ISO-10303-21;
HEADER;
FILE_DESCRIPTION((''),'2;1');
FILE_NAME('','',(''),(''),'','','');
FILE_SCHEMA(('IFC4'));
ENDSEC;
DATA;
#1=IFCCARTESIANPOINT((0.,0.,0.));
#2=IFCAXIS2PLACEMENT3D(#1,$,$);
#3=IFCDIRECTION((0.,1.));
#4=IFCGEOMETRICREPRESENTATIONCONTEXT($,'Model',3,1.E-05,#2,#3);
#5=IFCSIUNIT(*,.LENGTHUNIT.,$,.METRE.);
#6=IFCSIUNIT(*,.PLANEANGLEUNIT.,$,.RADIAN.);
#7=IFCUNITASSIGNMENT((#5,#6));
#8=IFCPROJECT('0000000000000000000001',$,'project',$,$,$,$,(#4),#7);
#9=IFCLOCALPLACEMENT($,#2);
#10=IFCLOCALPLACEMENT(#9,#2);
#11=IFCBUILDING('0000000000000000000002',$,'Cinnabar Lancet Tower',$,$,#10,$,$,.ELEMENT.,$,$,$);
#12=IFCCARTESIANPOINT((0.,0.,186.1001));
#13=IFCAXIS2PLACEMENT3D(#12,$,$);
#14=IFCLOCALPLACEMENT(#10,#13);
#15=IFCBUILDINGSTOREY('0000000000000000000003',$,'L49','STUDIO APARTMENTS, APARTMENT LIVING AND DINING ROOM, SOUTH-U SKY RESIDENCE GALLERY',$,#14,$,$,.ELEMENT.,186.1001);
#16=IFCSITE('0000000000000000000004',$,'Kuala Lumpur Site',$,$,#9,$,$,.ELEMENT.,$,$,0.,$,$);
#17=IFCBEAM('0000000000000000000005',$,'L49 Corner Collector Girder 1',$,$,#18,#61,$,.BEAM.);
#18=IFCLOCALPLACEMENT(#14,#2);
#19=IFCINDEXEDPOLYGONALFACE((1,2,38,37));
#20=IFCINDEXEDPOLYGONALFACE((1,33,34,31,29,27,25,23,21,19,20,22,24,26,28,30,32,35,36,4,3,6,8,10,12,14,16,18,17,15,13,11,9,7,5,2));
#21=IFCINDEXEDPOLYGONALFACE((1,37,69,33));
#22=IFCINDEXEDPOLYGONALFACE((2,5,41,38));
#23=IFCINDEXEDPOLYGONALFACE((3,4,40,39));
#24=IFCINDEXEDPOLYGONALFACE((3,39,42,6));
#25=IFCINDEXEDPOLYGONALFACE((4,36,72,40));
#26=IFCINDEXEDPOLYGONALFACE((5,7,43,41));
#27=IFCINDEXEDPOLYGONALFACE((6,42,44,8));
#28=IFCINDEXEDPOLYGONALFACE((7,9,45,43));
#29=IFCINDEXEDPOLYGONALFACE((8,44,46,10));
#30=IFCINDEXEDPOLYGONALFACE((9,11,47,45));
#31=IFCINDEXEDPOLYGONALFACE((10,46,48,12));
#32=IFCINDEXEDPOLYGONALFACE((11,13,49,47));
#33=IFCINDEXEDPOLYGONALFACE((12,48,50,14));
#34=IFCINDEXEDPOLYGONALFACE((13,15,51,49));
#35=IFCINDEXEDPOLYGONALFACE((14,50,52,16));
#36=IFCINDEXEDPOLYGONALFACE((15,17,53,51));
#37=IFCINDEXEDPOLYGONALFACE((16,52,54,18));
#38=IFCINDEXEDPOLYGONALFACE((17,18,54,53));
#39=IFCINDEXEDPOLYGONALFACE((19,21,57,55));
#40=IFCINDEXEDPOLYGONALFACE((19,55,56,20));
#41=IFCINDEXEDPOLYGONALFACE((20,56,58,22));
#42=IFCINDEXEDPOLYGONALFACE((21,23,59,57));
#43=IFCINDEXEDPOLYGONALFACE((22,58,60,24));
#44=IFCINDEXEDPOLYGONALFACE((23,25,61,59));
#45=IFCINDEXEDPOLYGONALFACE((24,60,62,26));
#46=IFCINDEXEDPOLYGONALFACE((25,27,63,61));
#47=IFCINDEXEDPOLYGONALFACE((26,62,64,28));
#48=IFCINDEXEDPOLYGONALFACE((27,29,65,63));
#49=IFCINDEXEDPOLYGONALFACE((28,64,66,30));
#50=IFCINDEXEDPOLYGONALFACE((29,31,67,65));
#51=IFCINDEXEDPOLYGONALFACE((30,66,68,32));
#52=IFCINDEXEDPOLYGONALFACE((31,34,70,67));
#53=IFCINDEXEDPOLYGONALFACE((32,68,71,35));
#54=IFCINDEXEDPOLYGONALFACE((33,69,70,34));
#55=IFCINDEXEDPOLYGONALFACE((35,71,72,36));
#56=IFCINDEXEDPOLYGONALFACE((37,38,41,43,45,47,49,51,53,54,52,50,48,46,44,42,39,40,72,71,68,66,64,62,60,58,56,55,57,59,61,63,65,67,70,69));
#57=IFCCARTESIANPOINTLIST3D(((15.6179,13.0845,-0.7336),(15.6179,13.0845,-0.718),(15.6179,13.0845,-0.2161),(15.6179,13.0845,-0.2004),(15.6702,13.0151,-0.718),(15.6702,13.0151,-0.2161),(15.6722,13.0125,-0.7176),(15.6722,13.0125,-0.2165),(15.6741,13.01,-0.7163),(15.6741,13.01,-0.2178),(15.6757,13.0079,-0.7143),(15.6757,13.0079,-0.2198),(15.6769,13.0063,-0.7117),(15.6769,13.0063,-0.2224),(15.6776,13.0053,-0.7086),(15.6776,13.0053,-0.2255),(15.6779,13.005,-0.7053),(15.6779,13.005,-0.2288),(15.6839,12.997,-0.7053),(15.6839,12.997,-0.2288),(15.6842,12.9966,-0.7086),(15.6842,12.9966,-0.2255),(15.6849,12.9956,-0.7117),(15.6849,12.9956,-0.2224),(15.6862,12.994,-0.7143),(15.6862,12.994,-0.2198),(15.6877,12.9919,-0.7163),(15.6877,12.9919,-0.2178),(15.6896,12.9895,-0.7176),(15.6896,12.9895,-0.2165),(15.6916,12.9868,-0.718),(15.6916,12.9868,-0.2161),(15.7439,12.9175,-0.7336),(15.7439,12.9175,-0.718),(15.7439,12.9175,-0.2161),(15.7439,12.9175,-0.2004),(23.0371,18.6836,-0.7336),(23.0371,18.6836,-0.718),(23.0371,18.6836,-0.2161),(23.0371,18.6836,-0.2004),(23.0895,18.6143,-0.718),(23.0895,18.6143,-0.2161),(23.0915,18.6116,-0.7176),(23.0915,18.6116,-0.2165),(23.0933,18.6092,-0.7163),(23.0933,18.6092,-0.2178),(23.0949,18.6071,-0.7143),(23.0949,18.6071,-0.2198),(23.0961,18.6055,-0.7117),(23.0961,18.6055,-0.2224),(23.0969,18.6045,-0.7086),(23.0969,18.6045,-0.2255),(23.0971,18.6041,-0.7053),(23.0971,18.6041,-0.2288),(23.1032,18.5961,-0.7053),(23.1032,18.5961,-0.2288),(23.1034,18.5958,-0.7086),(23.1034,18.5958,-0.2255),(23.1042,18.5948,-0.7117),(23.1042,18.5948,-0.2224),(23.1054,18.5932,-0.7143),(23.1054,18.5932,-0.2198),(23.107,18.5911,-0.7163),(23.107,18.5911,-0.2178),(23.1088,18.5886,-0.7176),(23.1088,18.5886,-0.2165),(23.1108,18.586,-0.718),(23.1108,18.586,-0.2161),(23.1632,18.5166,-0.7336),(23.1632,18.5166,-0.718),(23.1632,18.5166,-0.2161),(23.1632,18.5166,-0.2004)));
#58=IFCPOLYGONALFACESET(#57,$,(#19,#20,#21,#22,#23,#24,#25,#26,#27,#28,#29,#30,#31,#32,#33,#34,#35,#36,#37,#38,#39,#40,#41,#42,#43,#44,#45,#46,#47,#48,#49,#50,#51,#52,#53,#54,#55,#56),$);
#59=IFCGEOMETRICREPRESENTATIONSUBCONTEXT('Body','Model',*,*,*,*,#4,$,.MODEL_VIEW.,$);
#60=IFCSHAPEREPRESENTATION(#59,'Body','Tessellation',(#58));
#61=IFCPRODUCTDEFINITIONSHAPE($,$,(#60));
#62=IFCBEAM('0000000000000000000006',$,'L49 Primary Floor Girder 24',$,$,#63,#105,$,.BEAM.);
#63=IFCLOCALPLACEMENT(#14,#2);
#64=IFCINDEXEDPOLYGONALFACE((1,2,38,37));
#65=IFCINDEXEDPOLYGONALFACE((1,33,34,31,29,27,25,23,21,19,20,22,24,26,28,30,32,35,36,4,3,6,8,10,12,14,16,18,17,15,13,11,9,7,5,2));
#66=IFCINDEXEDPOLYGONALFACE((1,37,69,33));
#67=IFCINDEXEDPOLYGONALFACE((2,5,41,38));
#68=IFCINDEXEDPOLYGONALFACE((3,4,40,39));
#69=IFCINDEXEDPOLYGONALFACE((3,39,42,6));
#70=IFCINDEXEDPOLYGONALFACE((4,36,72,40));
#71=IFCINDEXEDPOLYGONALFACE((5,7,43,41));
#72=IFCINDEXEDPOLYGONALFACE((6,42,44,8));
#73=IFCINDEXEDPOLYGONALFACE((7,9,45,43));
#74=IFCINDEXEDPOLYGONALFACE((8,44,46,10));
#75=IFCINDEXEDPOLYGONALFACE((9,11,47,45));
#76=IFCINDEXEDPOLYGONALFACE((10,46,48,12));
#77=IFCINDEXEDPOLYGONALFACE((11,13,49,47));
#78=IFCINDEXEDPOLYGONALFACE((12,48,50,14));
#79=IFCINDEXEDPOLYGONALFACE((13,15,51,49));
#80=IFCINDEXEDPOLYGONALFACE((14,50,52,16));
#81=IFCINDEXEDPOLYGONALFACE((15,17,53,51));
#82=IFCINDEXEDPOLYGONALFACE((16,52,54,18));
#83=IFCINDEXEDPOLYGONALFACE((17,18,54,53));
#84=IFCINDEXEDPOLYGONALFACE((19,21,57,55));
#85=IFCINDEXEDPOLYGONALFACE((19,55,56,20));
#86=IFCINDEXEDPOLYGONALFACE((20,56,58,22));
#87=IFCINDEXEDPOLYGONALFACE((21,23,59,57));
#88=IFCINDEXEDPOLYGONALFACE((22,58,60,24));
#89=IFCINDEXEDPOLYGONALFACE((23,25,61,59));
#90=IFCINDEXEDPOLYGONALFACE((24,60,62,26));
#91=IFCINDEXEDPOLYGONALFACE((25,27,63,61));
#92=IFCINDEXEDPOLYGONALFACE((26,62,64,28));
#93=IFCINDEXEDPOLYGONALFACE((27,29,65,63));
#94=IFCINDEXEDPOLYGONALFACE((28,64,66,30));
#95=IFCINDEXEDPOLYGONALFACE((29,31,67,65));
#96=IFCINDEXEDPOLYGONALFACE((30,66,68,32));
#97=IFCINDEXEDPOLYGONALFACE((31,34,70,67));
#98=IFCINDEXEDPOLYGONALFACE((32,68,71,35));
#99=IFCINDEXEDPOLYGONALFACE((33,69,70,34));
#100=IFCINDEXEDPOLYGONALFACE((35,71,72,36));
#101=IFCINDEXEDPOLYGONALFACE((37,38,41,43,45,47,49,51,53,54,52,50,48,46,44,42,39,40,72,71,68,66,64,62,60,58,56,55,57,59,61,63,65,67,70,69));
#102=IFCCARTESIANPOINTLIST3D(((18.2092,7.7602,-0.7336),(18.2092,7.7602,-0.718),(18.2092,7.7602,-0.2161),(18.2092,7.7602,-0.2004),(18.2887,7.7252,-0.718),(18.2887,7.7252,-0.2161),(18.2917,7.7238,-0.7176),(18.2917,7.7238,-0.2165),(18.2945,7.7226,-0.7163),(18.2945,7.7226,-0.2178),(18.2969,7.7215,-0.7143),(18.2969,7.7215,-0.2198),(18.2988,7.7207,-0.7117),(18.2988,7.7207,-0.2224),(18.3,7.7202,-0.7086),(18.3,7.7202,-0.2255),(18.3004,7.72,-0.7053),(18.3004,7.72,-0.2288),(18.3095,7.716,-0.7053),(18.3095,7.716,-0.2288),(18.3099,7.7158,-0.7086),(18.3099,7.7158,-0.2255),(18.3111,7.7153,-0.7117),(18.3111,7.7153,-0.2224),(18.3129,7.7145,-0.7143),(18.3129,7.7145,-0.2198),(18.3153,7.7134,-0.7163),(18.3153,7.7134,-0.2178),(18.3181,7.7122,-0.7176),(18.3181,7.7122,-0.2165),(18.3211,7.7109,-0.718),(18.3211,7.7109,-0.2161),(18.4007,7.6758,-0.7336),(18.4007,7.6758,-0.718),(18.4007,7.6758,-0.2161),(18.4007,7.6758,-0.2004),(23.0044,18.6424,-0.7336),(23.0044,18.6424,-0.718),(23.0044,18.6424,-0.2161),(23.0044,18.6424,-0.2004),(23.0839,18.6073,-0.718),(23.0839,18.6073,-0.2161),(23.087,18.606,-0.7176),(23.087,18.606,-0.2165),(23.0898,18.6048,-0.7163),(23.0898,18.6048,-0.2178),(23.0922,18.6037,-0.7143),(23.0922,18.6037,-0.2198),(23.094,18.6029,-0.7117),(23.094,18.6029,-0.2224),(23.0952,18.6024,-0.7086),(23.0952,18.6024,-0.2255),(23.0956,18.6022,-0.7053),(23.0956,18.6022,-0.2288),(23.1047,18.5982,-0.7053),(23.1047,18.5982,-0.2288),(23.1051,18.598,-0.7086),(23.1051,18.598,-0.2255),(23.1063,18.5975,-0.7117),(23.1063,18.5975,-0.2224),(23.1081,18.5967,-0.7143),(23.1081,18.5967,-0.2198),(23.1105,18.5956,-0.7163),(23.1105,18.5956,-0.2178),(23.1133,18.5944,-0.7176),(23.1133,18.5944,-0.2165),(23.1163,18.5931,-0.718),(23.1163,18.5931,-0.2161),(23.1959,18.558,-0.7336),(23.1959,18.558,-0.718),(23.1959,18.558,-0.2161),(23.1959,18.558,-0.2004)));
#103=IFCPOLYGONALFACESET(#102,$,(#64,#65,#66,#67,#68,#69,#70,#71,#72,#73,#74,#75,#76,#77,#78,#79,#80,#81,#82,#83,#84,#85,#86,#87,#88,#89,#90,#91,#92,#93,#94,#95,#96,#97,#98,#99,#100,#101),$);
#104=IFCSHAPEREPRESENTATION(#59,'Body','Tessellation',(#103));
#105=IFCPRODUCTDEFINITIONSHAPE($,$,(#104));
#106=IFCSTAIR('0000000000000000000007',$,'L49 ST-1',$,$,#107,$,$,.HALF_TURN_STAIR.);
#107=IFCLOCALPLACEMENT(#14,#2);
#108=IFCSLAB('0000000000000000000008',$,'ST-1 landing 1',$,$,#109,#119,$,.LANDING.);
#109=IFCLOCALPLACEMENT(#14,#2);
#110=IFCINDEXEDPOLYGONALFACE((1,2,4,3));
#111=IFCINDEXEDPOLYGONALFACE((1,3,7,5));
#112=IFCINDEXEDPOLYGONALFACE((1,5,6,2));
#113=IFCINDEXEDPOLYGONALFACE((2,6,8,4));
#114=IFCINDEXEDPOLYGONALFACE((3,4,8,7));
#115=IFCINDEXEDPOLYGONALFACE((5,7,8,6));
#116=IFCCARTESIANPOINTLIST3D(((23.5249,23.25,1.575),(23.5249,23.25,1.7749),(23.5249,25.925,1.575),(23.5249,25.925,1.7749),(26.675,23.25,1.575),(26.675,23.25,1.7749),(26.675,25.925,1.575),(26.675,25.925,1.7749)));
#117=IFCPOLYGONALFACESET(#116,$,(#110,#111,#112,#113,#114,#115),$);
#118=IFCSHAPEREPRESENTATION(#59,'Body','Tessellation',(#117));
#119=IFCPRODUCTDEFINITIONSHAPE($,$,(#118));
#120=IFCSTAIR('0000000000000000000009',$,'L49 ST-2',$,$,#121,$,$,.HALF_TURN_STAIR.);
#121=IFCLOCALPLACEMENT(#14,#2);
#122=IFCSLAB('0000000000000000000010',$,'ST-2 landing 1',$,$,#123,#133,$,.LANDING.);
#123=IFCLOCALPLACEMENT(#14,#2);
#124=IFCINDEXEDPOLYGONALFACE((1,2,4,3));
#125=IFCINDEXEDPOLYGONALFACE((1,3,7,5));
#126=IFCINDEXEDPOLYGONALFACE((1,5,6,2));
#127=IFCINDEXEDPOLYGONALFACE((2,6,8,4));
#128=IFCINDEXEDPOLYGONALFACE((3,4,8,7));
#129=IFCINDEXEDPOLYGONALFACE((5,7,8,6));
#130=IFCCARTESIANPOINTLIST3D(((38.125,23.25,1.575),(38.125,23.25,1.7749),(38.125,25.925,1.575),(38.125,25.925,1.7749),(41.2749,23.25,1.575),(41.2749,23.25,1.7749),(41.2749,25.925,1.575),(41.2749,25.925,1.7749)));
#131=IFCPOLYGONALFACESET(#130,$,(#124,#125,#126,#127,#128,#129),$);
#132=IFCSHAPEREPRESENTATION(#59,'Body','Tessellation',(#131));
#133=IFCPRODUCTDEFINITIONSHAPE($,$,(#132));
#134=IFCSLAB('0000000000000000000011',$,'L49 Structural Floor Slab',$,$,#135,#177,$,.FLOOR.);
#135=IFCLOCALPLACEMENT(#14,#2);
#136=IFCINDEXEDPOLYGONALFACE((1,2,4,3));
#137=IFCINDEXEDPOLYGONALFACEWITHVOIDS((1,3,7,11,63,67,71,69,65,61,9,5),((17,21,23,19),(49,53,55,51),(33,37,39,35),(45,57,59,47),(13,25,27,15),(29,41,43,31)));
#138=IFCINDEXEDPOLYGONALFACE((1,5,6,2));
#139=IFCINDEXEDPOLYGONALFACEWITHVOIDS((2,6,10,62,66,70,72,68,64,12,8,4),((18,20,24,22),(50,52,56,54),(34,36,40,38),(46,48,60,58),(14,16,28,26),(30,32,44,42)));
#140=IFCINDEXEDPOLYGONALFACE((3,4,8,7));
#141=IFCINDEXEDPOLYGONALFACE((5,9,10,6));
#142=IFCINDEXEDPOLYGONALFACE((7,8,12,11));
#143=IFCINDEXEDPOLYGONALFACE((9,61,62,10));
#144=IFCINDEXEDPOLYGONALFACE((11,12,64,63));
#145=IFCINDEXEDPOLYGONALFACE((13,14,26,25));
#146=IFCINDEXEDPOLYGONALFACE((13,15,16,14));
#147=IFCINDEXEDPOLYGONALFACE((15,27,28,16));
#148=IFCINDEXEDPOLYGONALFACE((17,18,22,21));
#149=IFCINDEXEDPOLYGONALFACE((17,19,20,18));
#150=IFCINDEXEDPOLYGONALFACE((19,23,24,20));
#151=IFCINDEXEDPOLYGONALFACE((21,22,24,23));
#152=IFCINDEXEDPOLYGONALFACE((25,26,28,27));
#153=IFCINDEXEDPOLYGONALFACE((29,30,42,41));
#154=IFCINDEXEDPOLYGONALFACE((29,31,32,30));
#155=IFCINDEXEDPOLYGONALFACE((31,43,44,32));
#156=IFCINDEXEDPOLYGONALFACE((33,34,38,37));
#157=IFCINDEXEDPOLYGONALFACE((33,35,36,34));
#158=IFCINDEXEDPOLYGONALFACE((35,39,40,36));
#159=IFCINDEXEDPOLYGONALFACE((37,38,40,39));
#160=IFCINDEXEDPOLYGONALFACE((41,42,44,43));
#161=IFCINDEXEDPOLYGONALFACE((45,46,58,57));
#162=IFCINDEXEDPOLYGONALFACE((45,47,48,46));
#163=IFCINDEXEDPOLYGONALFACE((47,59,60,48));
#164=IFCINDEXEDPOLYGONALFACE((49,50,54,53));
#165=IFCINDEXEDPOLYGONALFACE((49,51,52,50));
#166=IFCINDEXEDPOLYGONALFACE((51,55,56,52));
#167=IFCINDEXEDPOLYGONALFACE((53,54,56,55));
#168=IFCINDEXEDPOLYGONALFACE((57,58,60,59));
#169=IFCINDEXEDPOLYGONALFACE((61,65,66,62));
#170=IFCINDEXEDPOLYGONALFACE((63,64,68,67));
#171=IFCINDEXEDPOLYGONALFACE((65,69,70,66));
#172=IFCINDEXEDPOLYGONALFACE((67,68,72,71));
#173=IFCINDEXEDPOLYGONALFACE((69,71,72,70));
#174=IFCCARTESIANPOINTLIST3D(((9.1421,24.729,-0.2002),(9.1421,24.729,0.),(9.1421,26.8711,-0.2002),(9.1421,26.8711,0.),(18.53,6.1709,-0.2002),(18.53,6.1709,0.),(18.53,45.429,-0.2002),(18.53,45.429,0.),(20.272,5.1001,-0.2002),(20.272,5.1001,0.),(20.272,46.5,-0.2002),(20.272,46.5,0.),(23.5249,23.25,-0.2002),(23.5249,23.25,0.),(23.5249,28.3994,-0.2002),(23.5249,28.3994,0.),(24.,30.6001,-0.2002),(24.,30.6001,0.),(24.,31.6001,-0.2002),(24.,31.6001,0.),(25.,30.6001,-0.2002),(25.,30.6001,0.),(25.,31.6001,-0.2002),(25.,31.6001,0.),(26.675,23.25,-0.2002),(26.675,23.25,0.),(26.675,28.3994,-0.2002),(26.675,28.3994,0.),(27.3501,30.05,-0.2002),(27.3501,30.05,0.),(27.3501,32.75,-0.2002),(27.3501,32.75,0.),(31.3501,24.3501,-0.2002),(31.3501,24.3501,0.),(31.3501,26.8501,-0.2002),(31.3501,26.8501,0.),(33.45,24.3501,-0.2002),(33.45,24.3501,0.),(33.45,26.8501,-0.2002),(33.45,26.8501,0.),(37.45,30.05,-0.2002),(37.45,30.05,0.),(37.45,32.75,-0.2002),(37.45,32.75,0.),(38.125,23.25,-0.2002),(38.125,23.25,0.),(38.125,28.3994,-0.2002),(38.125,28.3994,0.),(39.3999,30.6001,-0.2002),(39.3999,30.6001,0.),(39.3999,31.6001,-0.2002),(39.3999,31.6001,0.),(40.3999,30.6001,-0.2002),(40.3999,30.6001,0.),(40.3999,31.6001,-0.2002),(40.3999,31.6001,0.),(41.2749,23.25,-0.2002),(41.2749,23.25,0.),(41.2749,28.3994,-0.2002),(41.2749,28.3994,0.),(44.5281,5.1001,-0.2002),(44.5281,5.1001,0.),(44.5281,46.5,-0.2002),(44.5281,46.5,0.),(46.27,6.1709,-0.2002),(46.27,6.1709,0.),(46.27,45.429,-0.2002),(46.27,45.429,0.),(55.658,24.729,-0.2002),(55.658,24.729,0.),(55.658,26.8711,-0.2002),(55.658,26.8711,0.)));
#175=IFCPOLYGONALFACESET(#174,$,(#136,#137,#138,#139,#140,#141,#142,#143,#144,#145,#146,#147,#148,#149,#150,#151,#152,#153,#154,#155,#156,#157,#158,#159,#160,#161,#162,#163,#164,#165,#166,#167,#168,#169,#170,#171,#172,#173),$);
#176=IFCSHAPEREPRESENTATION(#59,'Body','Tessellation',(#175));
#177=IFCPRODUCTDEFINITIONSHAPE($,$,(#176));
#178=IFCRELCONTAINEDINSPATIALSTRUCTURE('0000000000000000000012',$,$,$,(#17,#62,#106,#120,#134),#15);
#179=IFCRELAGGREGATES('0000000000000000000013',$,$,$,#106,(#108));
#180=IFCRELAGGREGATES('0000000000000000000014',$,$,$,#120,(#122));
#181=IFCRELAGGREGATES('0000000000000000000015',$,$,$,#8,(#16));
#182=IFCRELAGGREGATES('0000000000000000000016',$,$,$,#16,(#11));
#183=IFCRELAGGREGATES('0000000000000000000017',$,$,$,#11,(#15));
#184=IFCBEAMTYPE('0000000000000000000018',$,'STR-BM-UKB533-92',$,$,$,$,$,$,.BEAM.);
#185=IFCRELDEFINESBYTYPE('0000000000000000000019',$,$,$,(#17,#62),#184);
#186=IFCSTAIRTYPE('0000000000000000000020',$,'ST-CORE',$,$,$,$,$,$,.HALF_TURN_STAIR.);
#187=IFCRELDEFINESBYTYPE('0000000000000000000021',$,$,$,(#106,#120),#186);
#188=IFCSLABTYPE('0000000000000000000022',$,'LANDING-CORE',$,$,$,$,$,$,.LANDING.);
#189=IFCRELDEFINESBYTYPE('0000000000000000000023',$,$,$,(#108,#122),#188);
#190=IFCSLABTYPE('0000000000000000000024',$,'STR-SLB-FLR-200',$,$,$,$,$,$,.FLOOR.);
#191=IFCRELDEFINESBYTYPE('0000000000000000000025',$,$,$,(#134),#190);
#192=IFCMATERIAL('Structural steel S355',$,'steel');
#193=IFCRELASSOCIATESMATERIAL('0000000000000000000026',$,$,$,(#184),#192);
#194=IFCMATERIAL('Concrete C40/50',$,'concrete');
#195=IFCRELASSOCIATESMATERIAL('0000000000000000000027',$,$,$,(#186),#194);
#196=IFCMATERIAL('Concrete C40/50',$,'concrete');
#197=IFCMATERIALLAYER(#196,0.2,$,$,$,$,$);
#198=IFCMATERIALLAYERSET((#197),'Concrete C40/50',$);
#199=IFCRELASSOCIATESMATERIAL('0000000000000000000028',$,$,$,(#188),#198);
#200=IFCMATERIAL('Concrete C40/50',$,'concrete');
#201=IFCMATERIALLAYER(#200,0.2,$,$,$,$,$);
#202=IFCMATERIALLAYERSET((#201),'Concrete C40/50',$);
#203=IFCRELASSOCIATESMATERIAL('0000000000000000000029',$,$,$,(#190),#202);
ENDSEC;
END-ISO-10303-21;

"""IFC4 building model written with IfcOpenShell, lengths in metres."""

from ifc_helpers import new_model, si_unit, direction, frame, origin, origin_2d, place, context, subcontext, project, spatial, polyline, i_section, outline, extrude, material, layer, layer_set, material_profile, profile_set, type_object, element, aggregate, save


model = new_model("IFC4")

# Units and contexts
model_context = context("Model", 3, precision=1e-05, world=origin(), true_north=direction((0.0, 1.0)))
body_context = subcontext(model_context, "Body", "Model", "MODEL_VIEW")
ifc_project = project(units=[si_unit("LENGTHUNIT", "METRE"), si_unit("PLANEANGLEUNIT", "RADIAN")], contexts=[model_context])

# Site, building, storey
site_placement = place(None, origin())
site = spatial("IfcSite", under=ifc_project, at=site_placement, Name="Kuala Lumpur Site", CompositionType="ELEMENT", RefElevation=0.0)
building_placement = place(site_placement, origin())
building = spatial("IfcBuilding", under=site, at=building_placement, Name="Cinnabar Lancet Tower", CompositionType="ELEMENT")
storey_placement = place(building_placement, frame((0.0, 0.0, 186.1001)))
storey = spatial("IfcBuildingStorey", under=building, at=storey_placement, Name="L49", Description="STUDIO APARTMENTS, APARTMENT LIVING AND DINING ROOM, SOUTH-U SKY RESIDENCE GALLERY", CompositionType="ELEMENT", Elevation=186.1001)

# Beams
ifc_material_1 = material(Name="Structural steel S355", Category="steel")
ifc_material_profile_1 = material_profile(ifc_material_1, i_section(OverallWidth=0.2092, OverallDepth=0.5332, WebThickness=0.01, FlangeThickness=0.0156, FilletRadius=0.0127, at=origin_2d()), Name="UKB 533x210x92")
ifc_profile_set_1 = profile_set([ifc_material_profile_1], Name="Structural steel S355")
beam_type_1 = type_object("IfcBeamType", Name="STR-BM-UKB533-92", PredefinedType="BEAM", material=ifc_profile_set_1)
beam_1_placement = place(storey_placement, frame((15.6809, 13.001, -0.467), z_axis=(0.798203, 0.602389, 0.0), x_axis=(-0.602389, 0.798203, 0.0)))
element("IfcBeam", 1, at=beam_1_placement, inside=storey, type_object=beam_type_1, Name="L49 Corner Collector Girder 1", PredefinedType="BEAM", context=body_context, shape_type="SweptSolid", body=[
    extrude(i_section(OverallWidth=0.2092, OverallDepth=0.5332, WebThickness=0.01, FlangeThickness=0.0156, FilletRadius=0.0127, at=origin_2d()), origin(), (0.0, 0.0, 1.0), 9.2949),
])
beam_2_placement = place(storey_placement, frame((18.3049, 7.718, -0.467), z_axis=(0.403235, 0.915096, 0.0), x_axis=(-0.915096, 0.403235, 0.0)))
element("IfcBeam", 2, at=beam_2_placement, inside=storey, type_object=beam_type_1, Name="L49 Primary Floor Girder 24", PredefinedType="BEAM", context=body_context, shape_type="SweptSolid", body=[
    extrude(i_section(OverallWidth=0.2092, OverallDepth=0.5332, WebThickness=0.01, FlangeThickness=0.0156, FilletRadius=0.0127, at=origin_2d()), origin(), (0.0, 0.0, 1.0), 11.8918),
])

# Stairs, slabs
ifc_material_2 = material(Name="Concrete C40/50", Category="concrete")
stair_type = type_object("IfcStairType", Name="ST-CORE", PredefinedType="HALF_TURN_STAIR", material=ifc_material_2)
stair_1_placement = place(storey_placement, origin())
stair_1 = element("IfcStair", 3, at=stair_1_placement, inside=storey, type_object=stair_type, Name="L49 ST-1", PredefinedType="HALF_TURN_STAIR")
ifc_material_3 = material(Name="Concrete C40/50", Category="concrete")
ifc_layer_1 = layer(ifc_material_3, 0.2)
ifc_layer_set_1 = layer_set([ifc_layer_1], Name="Concrete C40/50")
slab_type_1 = type_object("IfcSlabType", Name="LANDING-CORE", PredefinedType="LANDING", material=ifc_layer_set_1)
slab_1_placement = place(storey_placement, frame((0.0, 0.0, 1.575)))
slab_1 = element("IfcSlab", 4, at=slab_1_placement, type_object=slab_type_1, Name="ST-1 landing 1", PredefinedType="LANDING", context=body_context, shape_type="SweptSolid", body=[
    extrude(outline(polyline([(23.5249, 25.925), (23.5249, 23.25), (26.675, 23.25), (26.675, 25.925), (23.5249, 25.925)])), origin(), (0.0, 0.0, 1.0), 0.2),
])
aggregate(stair_1, [slab_1])
stair_2_placement = place(storey_placement, origin())
stair_2 = element("IfcStair", 5, at=stair_2_placement, inside=storey, type_object=stair_type, Name="L49 ST-2", PredefinedType="HALF_TURN_STAIR")
slab_2_placement = place(storey_placement, frame((0.0, 0.0, 1.575)))
slab_2 = element("IfcSlab", 6, at=slab_2_placement, type_object=slab_type_1, Name="ST-2 landing 1", PredefinedType="LANDING", context=body_context, shape_type="SweptSolid", body=[
    extrude(outline(polyline([(38.125, 25.925), (38.125, 23.25), (41.2749, 23.25), (41.2749, 25.925), (38.125, 25.925)])), origin(), (0.0, 0.0, 1.0), 0.2),
])
aggregate(stair_2, [slab_2])

# Slab
ifc_material_4 = material(Name="Concrete C40/50", Category="concrete")
ifc_layer_2 = layer(ifc_material_4, 0.2)
ifc_layer_set_2 = layer_set([ifc_layer_2], Name="Concrete C40/50")
slab_type_2 = type_object("IfcSlabType", Name="STR-SLB-FLR-200", PredefinedType="FLOOR", material=ifc_layer_set_2)
slab_3_placement = place(storey_placement, frame((0.0, 0.0, -0.2002)))
element("IfcSlab", 7, at=slab_3_placement, inside=storey, type_object=slab_type_2, Name="L49 Structural Floor Slab", PredefinedType="FLOOR", context=body_context, shape_type="SweptSolid", body=[
    extrude(outline(polyline([(18.53, 6.1709), (20.272, 5.1001), (44.5281, 5.1001), (46.27, 6.1709), (55.658, 24.729), (55.658, 26.8711), (46.27, 45.429), (44.5281, 46.5), (20.272, 46.5), (18.53, 45.429), (9.1421, 26.8711), (9.1421, 24.729), (18.53, 6.1709)]), holes=[polyline([(23.5249, 23.25), (26.675, 23.25), (26.675, 28.3994), (23.5249, 28.3994), (23.5249, 23.25)]), polyline([(38.125, 23.25), (41.2749, 23.25), (41.2749, 28.3994), (38.125, 28.3994), (38.125, 23.25)]), polyline([(27.3501, 30.05), (37.45, 30.05), (37.45, 32.75), (27.3501, 32.75), (27.3501, 30.05)]), polyline([(31.3501, 24.3501), (33.45, 24.3501), (33.45, 26.8501), (31.3501, 26.8501), (31.3501, 24.3501)]), polyline([(24.0, 30.6001), (25.0, 30.6001), (25.0, 31.6001), (24.0, 31.6001), (24.0, 30.6001)]), polyline([(39.3999, 30.6001), (40.3999, 30.6001), (40.3999, 31.6001), (39.3999, 31.6001), (39.3999, 30.6001)])]), origin(), (0.0, 0.0, 1.0), 0.2002),
])

save(model, "model.ifc")
